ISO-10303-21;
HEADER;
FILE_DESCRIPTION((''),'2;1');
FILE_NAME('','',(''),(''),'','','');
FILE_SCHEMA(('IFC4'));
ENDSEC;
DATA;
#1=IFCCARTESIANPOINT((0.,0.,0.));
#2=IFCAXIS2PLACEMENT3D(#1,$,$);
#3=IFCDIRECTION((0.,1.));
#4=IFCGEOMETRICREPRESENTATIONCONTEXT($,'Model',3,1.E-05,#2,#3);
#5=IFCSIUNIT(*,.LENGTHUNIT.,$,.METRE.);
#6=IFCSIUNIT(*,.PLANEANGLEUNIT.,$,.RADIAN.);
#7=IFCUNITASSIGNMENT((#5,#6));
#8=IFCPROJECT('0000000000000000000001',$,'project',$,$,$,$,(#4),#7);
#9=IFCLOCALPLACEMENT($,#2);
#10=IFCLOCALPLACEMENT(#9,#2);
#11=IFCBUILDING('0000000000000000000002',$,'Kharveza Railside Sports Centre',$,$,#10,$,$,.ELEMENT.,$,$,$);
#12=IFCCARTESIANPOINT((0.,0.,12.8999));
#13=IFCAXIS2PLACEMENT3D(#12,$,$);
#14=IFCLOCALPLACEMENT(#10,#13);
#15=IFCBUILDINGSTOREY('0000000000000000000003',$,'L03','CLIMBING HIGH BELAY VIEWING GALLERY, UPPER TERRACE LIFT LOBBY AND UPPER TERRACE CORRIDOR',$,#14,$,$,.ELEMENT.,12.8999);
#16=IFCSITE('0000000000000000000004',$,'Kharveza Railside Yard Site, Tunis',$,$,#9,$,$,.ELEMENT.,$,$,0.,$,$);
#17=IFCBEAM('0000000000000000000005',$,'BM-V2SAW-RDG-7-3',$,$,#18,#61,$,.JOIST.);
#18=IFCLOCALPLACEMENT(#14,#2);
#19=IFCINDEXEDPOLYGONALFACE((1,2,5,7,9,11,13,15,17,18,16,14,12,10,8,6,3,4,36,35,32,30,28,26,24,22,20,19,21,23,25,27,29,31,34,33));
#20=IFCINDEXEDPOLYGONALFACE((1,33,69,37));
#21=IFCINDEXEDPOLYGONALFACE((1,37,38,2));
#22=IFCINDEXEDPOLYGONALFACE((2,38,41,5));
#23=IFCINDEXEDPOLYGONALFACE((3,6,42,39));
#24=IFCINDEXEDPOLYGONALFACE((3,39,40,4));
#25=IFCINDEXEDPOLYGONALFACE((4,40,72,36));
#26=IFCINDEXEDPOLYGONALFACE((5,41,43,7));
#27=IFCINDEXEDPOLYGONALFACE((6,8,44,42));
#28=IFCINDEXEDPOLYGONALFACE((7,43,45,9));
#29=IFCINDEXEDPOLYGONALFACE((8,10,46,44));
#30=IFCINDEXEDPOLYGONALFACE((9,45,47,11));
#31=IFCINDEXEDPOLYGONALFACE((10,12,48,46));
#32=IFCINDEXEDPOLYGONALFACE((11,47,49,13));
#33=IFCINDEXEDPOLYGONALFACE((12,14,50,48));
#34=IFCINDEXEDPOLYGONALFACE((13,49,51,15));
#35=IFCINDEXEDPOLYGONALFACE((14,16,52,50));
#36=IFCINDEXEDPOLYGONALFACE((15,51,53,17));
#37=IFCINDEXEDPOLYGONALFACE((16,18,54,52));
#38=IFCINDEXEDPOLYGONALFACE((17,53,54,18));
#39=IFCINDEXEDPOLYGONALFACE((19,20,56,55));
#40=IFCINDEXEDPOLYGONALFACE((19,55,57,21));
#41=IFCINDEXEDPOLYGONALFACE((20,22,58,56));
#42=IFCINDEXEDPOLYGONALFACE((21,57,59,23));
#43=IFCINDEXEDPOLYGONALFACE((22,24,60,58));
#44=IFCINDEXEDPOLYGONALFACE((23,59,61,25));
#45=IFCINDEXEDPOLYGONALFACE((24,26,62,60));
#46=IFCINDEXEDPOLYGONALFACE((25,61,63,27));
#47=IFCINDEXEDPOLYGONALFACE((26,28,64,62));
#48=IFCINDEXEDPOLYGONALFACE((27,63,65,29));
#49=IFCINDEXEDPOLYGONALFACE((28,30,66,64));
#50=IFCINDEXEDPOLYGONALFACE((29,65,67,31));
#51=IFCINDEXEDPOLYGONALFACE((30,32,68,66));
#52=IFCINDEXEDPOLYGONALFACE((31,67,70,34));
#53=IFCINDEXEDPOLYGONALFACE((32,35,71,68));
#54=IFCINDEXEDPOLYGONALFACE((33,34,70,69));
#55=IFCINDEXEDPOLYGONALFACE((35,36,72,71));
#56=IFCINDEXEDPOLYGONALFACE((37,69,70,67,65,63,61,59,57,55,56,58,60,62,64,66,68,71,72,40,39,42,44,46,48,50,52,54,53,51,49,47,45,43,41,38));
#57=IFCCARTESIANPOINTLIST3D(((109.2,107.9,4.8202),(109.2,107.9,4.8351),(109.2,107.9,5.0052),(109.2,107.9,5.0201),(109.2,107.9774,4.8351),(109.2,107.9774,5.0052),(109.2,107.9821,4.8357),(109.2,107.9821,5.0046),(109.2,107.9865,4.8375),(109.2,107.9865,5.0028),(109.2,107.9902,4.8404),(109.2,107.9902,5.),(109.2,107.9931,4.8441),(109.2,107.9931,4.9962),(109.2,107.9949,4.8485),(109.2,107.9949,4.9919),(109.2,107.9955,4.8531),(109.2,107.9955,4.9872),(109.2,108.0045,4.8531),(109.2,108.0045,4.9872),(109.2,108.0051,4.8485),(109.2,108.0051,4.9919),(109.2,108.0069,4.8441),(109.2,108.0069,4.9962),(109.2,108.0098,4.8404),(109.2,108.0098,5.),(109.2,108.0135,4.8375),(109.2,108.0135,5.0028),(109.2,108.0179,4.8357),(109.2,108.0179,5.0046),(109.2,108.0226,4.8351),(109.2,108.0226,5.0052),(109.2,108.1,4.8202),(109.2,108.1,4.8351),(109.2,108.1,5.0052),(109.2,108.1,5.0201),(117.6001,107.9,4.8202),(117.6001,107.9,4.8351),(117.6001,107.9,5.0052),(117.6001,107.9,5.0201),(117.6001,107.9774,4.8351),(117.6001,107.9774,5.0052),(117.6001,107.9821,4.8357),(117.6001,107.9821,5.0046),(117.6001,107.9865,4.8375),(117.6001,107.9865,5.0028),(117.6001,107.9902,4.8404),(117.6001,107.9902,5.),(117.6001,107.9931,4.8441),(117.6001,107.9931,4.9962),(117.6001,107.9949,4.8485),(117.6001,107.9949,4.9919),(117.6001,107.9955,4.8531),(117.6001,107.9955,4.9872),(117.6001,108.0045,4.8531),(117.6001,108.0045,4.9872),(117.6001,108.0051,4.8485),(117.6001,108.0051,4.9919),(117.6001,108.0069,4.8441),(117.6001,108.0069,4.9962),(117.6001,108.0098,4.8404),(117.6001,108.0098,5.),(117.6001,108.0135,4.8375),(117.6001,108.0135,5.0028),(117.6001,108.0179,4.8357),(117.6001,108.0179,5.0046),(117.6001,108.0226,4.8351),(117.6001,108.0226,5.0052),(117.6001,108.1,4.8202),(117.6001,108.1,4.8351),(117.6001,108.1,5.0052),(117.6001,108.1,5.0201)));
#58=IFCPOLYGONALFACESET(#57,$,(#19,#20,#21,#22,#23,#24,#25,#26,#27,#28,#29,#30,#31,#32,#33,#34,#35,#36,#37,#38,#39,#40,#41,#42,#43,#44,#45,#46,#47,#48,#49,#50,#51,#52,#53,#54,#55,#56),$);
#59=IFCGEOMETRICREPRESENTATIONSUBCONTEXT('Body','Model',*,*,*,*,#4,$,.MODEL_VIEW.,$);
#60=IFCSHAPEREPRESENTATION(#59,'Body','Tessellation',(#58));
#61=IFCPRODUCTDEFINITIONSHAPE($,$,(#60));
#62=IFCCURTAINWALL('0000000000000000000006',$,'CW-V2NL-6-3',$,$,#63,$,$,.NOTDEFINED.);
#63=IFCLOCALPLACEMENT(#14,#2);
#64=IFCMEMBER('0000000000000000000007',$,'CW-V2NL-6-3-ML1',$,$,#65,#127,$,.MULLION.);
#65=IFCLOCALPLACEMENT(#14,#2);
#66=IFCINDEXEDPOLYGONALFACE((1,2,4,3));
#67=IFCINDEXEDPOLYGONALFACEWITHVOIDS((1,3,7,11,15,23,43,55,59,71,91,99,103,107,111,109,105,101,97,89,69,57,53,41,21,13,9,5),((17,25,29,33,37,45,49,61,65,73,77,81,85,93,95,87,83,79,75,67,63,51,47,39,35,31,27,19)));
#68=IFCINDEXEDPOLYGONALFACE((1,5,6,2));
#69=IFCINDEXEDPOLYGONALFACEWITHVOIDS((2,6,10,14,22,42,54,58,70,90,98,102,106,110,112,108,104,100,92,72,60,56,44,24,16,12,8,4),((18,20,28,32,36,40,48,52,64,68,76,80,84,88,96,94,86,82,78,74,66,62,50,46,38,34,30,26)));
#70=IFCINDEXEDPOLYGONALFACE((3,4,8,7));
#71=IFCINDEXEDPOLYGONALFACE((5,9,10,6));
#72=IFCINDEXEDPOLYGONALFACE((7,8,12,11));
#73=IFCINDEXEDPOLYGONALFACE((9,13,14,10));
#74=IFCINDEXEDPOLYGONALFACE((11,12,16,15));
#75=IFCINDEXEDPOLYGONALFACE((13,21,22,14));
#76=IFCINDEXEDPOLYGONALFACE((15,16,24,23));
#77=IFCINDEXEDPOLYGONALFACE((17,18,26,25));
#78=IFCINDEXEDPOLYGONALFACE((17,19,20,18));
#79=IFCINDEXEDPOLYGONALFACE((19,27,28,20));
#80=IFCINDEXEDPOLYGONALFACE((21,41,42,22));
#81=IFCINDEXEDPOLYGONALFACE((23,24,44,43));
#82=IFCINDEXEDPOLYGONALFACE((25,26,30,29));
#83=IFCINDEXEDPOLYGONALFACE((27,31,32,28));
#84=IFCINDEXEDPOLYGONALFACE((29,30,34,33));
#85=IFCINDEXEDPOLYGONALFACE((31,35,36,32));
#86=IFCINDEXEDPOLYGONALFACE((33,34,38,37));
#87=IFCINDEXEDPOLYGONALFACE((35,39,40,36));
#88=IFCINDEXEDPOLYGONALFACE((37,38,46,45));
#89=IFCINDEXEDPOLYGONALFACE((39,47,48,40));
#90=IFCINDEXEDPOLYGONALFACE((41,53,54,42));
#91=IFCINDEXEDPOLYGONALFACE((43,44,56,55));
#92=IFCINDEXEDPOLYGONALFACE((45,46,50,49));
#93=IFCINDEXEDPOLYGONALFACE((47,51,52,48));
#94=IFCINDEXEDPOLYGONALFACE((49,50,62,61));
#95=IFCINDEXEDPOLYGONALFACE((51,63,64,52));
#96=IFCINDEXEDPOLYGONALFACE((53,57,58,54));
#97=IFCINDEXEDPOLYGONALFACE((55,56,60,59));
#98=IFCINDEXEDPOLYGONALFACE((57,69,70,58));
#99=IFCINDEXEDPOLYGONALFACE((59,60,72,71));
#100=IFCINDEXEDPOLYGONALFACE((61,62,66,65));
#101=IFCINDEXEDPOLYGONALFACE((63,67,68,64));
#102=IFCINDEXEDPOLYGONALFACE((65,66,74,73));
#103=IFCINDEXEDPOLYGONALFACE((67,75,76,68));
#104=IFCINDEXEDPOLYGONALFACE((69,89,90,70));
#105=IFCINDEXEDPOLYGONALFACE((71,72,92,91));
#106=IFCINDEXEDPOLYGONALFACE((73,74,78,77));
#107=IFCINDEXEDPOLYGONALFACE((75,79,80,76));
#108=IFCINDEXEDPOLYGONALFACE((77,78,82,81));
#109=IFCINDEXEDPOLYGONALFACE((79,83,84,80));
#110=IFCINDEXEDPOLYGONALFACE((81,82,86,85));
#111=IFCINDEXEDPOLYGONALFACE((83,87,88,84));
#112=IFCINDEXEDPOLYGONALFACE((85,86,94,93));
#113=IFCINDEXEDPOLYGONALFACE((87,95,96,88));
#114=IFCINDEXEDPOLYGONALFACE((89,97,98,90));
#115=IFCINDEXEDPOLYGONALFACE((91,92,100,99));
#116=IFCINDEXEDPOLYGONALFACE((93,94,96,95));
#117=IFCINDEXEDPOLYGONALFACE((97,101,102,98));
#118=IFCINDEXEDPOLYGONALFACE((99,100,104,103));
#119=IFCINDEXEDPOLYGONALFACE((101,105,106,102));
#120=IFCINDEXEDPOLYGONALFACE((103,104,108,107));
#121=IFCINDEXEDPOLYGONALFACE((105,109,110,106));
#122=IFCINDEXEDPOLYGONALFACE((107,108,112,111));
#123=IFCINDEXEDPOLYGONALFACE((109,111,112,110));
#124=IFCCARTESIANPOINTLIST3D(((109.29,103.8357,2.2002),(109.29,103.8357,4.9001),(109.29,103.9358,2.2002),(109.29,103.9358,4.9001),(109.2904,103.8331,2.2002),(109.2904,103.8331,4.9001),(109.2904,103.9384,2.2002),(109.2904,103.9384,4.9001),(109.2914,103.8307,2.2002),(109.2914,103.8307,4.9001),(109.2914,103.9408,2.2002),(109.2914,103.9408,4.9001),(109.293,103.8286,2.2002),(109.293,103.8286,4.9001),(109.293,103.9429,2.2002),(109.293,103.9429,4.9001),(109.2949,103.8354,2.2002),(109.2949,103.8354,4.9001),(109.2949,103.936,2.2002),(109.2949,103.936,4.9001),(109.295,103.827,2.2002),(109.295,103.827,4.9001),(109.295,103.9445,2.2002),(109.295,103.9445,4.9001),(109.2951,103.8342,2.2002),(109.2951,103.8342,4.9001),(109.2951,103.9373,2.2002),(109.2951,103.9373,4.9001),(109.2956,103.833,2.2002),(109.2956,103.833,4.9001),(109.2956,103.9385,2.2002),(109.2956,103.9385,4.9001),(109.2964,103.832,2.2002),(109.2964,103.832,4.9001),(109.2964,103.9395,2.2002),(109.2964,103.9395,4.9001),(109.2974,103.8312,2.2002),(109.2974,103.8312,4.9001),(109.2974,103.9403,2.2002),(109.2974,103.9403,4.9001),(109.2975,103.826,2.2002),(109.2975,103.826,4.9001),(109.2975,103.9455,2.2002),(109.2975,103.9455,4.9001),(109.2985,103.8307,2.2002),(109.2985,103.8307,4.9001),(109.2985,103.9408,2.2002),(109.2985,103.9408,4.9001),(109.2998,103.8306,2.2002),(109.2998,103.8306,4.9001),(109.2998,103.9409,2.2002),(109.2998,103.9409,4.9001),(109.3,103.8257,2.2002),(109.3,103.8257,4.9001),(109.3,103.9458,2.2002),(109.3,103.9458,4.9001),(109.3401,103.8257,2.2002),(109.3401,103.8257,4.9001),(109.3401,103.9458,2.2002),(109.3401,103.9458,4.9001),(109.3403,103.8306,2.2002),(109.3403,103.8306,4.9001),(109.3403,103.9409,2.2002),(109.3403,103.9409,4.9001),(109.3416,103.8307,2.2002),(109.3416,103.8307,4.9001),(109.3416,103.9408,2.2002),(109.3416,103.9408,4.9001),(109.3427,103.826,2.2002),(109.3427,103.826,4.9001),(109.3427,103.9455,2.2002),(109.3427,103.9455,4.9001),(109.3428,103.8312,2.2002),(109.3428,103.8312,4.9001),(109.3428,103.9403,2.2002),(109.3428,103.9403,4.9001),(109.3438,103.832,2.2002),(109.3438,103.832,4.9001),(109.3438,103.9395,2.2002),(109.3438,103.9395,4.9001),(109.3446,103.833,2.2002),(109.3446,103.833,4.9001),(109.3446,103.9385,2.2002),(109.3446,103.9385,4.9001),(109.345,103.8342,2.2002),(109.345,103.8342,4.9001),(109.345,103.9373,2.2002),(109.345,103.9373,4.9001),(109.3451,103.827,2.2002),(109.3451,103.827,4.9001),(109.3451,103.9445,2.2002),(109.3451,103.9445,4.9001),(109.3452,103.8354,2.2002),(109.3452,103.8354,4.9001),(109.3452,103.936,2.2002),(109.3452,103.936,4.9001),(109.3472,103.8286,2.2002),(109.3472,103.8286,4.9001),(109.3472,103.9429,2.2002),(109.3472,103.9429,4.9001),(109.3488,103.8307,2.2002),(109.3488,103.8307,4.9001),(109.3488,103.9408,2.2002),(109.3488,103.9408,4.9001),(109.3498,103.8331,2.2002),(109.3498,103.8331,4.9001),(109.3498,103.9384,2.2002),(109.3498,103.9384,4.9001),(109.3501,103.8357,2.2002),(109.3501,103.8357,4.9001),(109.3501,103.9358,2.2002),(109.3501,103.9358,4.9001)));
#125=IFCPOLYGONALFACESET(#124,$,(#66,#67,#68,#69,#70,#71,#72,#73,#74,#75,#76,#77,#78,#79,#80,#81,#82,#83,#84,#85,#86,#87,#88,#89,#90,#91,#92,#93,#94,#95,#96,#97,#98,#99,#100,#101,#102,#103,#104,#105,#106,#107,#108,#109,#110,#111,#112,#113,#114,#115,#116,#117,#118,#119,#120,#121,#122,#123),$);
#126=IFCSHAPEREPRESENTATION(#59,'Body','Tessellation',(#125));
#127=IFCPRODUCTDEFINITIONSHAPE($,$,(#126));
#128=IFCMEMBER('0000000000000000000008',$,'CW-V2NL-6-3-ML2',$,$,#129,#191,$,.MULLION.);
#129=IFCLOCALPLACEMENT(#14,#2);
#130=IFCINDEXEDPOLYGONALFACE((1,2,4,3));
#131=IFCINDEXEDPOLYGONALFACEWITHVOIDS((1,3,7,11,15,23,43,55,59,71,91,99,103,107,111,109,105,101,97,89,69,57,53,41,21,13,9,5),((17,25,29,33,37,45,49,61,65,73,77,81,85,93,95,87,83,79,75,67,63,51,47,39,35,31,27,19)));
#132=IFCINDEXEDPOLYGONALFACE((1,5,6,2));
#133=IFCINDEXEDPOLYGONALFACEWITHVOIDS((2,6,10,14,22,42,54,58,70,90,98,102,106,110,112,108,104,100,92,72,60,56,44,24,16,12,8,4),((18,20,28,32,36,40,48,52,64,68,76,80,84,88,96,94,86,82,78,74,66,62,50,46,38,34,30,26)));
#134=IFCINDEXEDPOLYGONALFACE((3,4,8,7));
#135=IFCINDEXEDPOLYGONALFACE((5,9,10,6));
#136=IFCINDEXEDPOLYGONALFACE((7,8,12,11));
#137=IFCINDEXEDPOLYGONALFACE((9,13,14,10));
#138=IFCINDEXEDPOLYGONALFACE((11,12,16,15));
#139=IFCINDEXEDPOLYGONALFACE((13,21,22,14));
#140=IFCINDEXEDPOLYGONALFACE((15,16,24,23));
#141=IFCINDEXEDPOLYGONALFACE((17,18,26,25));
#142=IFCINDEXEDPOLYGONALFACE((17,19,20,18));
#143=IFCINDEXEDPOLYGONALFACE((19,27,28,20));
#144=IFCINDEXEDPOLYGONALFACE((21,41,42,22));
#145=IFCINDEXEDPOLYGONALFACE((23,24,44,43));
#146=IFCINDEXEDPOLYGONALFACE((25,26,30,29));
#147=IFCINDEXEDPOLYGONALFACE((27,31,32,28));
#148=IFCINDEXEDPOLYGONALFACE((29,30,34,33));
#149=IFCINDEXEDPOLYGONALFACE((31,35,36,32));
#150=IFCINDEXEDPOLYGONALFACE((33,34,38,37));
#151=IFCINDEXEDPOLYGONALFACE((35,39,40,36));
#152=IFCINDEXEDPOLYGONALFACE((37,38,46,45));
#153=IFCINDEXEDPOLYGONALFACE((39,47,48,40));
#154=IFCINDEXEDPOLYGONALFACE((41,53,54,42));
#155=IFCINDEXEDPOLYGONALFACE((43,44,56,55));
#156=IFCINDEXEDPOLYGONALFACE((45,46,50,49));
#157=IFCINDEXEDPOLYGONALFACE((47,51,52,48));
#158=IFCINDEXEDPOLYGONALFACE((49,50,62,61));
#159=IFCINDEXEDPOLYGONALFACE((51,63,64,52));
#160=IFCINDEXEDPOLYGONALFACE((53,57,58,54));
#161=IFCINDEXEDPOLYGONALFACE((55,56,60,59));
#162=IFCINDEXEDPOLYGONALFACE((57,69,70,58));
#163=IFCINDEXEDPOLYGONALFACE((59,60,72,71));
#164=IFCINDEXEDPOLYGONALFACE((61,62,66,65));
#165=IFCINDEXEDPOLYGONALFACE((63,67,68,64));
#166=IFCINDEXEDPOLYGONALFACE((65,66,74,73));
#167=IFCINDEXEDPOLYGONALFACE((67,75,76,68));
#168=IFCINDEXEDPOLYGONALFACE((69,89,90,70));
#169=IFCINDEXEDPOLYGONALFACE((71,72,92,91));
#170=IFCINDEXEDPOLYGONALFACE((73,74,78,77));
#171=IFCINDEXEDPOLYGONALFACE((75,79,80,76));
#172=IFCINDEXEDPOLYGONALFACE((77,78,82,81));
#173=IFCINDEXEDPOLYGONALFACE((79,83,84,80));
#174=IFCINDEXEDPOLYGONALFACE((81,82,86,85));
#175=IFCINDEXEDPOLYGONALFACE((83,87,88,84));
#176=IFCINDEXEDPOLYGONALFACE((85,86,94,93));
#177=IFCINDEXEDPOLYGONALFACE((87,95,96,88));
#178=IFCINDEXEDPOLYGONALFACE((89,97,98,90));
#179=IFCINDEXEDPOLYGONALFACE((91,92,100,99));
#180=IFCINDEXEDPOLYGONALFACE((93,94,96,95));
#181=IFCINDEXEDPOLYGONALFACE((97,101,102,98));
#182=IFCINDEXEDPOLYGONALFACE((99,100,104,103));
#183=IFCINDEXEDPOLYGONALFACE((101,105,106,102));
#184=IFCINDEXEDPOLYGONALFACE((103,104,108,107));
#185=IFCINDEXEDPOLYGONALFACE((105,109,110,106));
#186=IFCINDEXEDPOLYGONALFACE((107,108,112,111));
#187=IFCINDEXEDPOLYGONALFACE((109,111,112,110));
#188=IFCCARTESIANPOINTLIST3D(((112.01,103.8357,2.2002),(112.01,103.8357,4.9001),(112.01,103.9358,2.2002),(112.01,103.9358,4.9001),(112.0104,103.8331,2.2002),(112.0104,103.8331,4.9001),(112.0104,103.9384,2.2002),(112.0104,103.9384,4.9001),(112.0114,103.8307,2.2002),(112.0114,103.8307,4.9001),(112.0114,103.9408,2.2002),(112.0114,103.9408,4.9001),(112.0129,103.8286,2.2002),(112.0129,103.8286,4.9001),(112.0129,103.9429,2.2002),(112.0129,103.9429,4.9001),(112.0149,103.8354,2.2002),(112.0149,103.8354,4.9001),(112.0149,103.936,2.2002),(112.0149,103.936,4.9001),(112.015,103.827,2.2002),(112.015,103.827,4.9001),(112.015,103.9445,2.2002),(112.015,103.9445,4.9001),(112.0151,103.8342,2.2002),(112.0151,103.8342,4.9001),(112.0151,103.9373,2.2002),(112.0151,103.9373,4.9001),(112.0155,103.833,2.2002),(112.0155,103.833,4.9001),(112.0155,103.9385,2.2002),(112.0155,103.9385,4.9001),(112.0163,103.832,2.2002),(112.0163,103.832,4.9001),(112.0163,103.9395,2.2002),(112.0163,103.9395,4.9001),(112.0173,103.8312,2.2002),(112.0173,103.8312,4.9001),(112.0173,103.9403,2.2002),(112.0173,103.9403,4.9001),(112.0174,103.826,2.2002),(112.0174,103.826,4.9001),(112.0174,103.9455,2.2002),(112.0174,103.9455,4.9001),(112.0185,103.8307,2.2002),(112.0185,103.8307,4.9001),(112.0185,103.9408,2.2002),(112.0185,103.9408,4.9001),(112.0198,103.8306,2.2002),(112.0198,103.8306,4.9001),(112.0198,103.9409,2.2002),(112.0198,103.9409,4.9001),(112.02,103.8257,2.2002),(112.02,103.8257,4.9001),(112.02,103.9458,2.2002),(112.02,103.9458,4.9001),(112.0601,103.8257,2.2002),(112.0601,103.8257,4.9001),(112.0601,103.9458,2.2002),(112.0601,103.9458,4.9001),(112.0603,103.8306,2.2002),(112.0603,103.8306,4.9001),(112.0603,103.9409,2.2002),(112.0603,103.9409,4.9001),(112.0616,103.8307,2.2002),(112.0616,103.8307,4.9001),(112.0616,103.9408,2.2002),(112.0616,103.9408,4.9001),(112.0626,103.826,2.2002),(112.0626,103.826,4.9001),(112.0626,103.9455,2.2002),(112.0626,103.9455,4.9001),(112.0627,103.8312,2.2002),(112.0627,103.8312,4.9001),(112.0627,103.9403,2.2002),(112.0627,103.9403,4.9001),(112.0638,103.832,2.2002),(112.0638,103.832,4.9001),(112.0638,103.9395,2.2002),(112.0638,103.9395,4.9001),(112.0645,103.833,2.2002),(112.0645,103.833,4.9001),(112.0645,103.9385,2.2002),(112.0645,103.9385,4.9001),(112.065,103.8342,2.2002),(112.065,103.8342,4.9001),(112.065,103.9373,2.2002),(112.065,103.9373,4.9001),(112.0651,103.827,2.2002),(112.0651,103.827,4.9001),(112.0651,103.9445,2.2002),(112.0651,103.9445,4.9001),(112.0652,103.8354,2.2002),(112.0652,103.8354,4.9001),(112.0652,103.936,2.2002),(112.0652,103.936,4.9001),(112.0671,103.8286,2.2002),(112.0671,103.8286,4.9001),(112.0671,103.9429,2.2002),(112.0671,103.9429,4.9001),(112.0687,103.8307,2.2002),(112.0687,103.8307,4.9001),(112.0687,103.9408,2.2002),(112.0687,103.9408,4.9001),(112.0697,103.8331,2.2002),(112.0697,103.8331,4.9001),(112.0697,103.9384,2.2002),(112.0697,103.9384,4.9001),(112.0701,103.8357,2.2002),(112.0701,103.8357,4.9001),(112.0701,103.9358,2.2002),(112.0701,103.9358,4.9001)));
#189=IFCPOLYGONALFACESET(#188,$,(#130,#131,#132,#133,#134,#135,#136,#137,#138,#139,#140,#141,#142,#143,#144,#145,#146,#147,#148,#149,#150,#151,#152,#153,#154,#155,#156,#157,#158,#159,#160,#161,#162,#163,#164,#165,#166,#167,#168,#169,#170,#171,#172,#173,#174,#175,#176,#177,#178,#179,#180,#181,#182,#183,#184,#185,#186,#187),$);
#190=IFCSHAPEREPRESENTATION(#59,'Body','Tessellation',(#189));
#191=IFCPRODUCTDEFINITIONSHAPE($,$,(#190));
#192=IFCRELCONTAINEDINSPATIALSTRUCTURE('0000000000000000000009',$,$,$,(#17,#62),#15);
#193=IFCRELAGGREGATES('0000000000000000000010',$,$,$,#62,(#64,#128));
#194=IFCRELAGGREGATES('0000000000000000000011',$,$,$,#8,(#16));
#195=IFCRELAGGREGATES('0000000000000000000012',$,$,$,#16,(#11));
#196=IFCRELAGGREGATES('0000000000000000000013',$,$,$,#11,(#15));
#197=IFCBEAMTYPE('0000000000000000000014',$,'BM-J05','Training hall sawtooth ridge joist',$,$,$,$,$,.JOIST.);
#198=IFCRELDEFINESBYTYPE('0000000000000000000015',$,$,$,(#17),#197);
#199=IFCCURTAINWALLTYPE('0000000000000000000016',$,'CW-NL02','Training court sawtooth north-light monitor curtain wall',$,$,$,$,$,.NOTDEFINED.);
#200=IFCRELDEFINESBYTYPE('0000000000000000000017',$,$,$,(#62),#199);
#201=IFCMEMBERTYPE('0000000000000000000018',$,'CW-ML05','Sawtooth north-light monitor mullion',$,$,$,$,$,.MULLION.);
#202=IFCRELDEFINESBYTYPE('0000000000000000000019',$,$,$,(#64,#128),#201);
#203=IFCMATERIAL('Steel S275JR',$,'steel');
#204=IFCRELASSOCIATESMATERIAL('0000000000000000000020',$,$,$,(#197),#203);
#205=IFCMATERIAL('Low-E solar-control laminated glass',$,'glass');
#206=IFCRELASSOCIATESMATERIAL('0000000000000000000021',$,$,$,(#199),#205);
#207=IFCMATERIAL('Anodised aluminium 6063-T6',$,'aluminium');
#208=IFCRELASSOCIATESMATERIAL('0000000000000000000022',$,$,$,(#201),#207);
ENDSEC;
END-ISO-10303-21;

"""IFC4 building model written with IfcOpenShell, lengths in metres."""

from ifc_helpers import new_model, si_unit, direction, frame, origin, origin_2d, place, context, subcontext, project, spatial, hollow_rectangle, i_section, extrude, material, material_profile, profile_set, type_object, element, aggregate, save


model = new_model("IFC4")

# Units and contexts
model_context = context("Model", 3, precision=1e-05, world=origin(), true_north=direction((0.0, 1.0)))
body_context = subcontext(model_context, "Body", "Model", "MODEL_VIEW")
ifc_project = project(units=[si_unit("LENGTHUNIT", "METRE"), si_unit("PLANEANGLEUNIT", "RADIAN")], contexts=[model_context])

# Site, building, storey
site_placement = place(None, origin())
site = spatial("IfcSite", under=ifc_project, at=site_placement, Name="Kharveza Railside Yard Site, Tunis", CompositionType="ELEMENT", RefElevation=0.0)
building_placement = place(site_placement, origin())
building = spatial("IfcBuilding", under=site, at=building_placement, Name="Kharveza Railside Sports Centre", CompositionType="ELEMENT")
storey_placement = place(building_placement, frame((0.0, 0.0, 12.8999)))
storey = spatial("IfcBuildingStorey", under=building, at=storey_placement, Name="L03", Description="CLIMBING HIGH BELAY VIEWING GALLERY, UPPER TERRACE LIFT LOBBY AND UPPER TERRACE CORRIDOR", CompositionType="ELEMENT", Elevation=12.8999)

# Beam
ifc_material_1 = material(Name="Steel S275JR", Category="steel")
ifc_material_profile_1 = material_profile(ifc_material_1, i_section(OverallWidth=0.2, OverallDepth=0.2, WebThickness=0.009, FlangeThickness=0.0149, FilletRadius=0.0181, at=origin_2d()), Name="HEB 200")
ifc_profile_set_1 = profile_set([ifc_material_profile_1], Name="Steel S275JR")
beam_type_1 = type_object("IfcBeamType", Name="BM-J05", Description="Training hall sawtooth ridge joist", PredefinedType="JOIST", material=ifc_profile_set_1)
beam_1_placement = place(storey_placement, frame((109.2, 108.0, 4.9202), z_axis=(1.0, 0.0, 0.0), x_axis=(0.0, 1.0, 0.0)))
element("IfcBeam", 1, at=beam_1_placement, inside=storey, type_object=beam_type_1, Name="BM-V2SAW-RDG-7-3", PredefinedType="JOIST", context=body_context, shape_type="SweptSolid", body=[
    extrude(i_section(OverallWidth=0.2, OverallDepth=0.2, WebThickness=0.009, FlangeThickness=0.0149, FilletRadius=0.0181, at=origin_2d()), origin(), (0.0, 0.0, 1.0), 8.4001),
])

# Curtain wall, members
ifc_material_2 = material(Name="Low-E solar-control laminated glass", Category="glass")
curtain_wall_type = type_object("IfcCurtainWallType", Name="CW-NL02", Description="Training court sawtooth north-light monitor curtain wall", PredefinedType="NOTDEFINED", material=ifc_material_2)
curtain_wall_1_placement = place(storey_placement, origin())
curtain_wall_1 = element("IfcCurtainWall", 2, at=curtain_wall_1_placement, inside=storey, type_object=curtain_wall_type, Name="CW-V2NL-6-3", PredefinedType="NOTDEFINED")
ifc_material_3 = material(Name="Anodised aluminium 6063-T6", Category="aluminium")
ifc_material_profile_2 = material_profile(ifc_material_3, hollow_rectangle(XDim=0.0601, YDim=0.1201, WallThickness=0.0049, InnerFilletRadius=0.0049, OuterFilletRadius=0.01, at=origin_2d()), Name="RHS 60x120x5.0")
ifc_profile_set_2 = profile_set([ifc_material_profile_2], Name="Anodised aluminium 6063-T6")
member_type_1 = type_object("IfcMemberType", Name="CW-ML05", Description="Sawtooth north-light monitor mullion", PredefinedType="MULLION", material=ifc_profile_set_2)
member_1_placement = place(storey_placement, frame((109.3201, 103.8857, 2.2002), z_axis=(0.0, 0.0, 1.0), x_axis=(1.0, 0.0, 0.0)))
member_1 = element("IfcMember", 3, at=member_1_placement, type_object=member_type_1, Name="CW-V2NL-6-3-ML1", PredefinedType="MULLION", context=body_context, shape_type="SweptSolid", body=[
    extrude(hollow_rectangle(XDim=0.0601, YDim=0.1201, WallThickness=0.0049, InnerFilletRadius=0.0049, OuterFilletRadius=0.01, at=origin_2d()), origin(), (0.0, 0.0, 1.0), 2.7),
])
member_2_placement = place(storey_placement, frame((112.04, 103.8857, 2.2002), z_axis=(0.0, 0.0, 1.0), x_axis=(1.0, 0.0, 0.0)))
member_2 = element("IfcMember", 4, at=member_2_placement, type_object=member_type_1, Name="CW-V2NL-6-3-ML2", PredefinedType="MULLION", context=body_context, shape_type="SweptSolid", body=[
    extrude(hollow_rectangle(XDim=0.0601, YDim=0.1201, WallThickness=0.0049, InnerFilletRadius=0.0049, OuterFilletRadius=0.01, at=origin_2d()), origin(), (0.0, 0.0, 1.0), 2.7),
])

aggregate(curtain_wall_1, [member_1, member_2])

save(model, "model.ifc")
